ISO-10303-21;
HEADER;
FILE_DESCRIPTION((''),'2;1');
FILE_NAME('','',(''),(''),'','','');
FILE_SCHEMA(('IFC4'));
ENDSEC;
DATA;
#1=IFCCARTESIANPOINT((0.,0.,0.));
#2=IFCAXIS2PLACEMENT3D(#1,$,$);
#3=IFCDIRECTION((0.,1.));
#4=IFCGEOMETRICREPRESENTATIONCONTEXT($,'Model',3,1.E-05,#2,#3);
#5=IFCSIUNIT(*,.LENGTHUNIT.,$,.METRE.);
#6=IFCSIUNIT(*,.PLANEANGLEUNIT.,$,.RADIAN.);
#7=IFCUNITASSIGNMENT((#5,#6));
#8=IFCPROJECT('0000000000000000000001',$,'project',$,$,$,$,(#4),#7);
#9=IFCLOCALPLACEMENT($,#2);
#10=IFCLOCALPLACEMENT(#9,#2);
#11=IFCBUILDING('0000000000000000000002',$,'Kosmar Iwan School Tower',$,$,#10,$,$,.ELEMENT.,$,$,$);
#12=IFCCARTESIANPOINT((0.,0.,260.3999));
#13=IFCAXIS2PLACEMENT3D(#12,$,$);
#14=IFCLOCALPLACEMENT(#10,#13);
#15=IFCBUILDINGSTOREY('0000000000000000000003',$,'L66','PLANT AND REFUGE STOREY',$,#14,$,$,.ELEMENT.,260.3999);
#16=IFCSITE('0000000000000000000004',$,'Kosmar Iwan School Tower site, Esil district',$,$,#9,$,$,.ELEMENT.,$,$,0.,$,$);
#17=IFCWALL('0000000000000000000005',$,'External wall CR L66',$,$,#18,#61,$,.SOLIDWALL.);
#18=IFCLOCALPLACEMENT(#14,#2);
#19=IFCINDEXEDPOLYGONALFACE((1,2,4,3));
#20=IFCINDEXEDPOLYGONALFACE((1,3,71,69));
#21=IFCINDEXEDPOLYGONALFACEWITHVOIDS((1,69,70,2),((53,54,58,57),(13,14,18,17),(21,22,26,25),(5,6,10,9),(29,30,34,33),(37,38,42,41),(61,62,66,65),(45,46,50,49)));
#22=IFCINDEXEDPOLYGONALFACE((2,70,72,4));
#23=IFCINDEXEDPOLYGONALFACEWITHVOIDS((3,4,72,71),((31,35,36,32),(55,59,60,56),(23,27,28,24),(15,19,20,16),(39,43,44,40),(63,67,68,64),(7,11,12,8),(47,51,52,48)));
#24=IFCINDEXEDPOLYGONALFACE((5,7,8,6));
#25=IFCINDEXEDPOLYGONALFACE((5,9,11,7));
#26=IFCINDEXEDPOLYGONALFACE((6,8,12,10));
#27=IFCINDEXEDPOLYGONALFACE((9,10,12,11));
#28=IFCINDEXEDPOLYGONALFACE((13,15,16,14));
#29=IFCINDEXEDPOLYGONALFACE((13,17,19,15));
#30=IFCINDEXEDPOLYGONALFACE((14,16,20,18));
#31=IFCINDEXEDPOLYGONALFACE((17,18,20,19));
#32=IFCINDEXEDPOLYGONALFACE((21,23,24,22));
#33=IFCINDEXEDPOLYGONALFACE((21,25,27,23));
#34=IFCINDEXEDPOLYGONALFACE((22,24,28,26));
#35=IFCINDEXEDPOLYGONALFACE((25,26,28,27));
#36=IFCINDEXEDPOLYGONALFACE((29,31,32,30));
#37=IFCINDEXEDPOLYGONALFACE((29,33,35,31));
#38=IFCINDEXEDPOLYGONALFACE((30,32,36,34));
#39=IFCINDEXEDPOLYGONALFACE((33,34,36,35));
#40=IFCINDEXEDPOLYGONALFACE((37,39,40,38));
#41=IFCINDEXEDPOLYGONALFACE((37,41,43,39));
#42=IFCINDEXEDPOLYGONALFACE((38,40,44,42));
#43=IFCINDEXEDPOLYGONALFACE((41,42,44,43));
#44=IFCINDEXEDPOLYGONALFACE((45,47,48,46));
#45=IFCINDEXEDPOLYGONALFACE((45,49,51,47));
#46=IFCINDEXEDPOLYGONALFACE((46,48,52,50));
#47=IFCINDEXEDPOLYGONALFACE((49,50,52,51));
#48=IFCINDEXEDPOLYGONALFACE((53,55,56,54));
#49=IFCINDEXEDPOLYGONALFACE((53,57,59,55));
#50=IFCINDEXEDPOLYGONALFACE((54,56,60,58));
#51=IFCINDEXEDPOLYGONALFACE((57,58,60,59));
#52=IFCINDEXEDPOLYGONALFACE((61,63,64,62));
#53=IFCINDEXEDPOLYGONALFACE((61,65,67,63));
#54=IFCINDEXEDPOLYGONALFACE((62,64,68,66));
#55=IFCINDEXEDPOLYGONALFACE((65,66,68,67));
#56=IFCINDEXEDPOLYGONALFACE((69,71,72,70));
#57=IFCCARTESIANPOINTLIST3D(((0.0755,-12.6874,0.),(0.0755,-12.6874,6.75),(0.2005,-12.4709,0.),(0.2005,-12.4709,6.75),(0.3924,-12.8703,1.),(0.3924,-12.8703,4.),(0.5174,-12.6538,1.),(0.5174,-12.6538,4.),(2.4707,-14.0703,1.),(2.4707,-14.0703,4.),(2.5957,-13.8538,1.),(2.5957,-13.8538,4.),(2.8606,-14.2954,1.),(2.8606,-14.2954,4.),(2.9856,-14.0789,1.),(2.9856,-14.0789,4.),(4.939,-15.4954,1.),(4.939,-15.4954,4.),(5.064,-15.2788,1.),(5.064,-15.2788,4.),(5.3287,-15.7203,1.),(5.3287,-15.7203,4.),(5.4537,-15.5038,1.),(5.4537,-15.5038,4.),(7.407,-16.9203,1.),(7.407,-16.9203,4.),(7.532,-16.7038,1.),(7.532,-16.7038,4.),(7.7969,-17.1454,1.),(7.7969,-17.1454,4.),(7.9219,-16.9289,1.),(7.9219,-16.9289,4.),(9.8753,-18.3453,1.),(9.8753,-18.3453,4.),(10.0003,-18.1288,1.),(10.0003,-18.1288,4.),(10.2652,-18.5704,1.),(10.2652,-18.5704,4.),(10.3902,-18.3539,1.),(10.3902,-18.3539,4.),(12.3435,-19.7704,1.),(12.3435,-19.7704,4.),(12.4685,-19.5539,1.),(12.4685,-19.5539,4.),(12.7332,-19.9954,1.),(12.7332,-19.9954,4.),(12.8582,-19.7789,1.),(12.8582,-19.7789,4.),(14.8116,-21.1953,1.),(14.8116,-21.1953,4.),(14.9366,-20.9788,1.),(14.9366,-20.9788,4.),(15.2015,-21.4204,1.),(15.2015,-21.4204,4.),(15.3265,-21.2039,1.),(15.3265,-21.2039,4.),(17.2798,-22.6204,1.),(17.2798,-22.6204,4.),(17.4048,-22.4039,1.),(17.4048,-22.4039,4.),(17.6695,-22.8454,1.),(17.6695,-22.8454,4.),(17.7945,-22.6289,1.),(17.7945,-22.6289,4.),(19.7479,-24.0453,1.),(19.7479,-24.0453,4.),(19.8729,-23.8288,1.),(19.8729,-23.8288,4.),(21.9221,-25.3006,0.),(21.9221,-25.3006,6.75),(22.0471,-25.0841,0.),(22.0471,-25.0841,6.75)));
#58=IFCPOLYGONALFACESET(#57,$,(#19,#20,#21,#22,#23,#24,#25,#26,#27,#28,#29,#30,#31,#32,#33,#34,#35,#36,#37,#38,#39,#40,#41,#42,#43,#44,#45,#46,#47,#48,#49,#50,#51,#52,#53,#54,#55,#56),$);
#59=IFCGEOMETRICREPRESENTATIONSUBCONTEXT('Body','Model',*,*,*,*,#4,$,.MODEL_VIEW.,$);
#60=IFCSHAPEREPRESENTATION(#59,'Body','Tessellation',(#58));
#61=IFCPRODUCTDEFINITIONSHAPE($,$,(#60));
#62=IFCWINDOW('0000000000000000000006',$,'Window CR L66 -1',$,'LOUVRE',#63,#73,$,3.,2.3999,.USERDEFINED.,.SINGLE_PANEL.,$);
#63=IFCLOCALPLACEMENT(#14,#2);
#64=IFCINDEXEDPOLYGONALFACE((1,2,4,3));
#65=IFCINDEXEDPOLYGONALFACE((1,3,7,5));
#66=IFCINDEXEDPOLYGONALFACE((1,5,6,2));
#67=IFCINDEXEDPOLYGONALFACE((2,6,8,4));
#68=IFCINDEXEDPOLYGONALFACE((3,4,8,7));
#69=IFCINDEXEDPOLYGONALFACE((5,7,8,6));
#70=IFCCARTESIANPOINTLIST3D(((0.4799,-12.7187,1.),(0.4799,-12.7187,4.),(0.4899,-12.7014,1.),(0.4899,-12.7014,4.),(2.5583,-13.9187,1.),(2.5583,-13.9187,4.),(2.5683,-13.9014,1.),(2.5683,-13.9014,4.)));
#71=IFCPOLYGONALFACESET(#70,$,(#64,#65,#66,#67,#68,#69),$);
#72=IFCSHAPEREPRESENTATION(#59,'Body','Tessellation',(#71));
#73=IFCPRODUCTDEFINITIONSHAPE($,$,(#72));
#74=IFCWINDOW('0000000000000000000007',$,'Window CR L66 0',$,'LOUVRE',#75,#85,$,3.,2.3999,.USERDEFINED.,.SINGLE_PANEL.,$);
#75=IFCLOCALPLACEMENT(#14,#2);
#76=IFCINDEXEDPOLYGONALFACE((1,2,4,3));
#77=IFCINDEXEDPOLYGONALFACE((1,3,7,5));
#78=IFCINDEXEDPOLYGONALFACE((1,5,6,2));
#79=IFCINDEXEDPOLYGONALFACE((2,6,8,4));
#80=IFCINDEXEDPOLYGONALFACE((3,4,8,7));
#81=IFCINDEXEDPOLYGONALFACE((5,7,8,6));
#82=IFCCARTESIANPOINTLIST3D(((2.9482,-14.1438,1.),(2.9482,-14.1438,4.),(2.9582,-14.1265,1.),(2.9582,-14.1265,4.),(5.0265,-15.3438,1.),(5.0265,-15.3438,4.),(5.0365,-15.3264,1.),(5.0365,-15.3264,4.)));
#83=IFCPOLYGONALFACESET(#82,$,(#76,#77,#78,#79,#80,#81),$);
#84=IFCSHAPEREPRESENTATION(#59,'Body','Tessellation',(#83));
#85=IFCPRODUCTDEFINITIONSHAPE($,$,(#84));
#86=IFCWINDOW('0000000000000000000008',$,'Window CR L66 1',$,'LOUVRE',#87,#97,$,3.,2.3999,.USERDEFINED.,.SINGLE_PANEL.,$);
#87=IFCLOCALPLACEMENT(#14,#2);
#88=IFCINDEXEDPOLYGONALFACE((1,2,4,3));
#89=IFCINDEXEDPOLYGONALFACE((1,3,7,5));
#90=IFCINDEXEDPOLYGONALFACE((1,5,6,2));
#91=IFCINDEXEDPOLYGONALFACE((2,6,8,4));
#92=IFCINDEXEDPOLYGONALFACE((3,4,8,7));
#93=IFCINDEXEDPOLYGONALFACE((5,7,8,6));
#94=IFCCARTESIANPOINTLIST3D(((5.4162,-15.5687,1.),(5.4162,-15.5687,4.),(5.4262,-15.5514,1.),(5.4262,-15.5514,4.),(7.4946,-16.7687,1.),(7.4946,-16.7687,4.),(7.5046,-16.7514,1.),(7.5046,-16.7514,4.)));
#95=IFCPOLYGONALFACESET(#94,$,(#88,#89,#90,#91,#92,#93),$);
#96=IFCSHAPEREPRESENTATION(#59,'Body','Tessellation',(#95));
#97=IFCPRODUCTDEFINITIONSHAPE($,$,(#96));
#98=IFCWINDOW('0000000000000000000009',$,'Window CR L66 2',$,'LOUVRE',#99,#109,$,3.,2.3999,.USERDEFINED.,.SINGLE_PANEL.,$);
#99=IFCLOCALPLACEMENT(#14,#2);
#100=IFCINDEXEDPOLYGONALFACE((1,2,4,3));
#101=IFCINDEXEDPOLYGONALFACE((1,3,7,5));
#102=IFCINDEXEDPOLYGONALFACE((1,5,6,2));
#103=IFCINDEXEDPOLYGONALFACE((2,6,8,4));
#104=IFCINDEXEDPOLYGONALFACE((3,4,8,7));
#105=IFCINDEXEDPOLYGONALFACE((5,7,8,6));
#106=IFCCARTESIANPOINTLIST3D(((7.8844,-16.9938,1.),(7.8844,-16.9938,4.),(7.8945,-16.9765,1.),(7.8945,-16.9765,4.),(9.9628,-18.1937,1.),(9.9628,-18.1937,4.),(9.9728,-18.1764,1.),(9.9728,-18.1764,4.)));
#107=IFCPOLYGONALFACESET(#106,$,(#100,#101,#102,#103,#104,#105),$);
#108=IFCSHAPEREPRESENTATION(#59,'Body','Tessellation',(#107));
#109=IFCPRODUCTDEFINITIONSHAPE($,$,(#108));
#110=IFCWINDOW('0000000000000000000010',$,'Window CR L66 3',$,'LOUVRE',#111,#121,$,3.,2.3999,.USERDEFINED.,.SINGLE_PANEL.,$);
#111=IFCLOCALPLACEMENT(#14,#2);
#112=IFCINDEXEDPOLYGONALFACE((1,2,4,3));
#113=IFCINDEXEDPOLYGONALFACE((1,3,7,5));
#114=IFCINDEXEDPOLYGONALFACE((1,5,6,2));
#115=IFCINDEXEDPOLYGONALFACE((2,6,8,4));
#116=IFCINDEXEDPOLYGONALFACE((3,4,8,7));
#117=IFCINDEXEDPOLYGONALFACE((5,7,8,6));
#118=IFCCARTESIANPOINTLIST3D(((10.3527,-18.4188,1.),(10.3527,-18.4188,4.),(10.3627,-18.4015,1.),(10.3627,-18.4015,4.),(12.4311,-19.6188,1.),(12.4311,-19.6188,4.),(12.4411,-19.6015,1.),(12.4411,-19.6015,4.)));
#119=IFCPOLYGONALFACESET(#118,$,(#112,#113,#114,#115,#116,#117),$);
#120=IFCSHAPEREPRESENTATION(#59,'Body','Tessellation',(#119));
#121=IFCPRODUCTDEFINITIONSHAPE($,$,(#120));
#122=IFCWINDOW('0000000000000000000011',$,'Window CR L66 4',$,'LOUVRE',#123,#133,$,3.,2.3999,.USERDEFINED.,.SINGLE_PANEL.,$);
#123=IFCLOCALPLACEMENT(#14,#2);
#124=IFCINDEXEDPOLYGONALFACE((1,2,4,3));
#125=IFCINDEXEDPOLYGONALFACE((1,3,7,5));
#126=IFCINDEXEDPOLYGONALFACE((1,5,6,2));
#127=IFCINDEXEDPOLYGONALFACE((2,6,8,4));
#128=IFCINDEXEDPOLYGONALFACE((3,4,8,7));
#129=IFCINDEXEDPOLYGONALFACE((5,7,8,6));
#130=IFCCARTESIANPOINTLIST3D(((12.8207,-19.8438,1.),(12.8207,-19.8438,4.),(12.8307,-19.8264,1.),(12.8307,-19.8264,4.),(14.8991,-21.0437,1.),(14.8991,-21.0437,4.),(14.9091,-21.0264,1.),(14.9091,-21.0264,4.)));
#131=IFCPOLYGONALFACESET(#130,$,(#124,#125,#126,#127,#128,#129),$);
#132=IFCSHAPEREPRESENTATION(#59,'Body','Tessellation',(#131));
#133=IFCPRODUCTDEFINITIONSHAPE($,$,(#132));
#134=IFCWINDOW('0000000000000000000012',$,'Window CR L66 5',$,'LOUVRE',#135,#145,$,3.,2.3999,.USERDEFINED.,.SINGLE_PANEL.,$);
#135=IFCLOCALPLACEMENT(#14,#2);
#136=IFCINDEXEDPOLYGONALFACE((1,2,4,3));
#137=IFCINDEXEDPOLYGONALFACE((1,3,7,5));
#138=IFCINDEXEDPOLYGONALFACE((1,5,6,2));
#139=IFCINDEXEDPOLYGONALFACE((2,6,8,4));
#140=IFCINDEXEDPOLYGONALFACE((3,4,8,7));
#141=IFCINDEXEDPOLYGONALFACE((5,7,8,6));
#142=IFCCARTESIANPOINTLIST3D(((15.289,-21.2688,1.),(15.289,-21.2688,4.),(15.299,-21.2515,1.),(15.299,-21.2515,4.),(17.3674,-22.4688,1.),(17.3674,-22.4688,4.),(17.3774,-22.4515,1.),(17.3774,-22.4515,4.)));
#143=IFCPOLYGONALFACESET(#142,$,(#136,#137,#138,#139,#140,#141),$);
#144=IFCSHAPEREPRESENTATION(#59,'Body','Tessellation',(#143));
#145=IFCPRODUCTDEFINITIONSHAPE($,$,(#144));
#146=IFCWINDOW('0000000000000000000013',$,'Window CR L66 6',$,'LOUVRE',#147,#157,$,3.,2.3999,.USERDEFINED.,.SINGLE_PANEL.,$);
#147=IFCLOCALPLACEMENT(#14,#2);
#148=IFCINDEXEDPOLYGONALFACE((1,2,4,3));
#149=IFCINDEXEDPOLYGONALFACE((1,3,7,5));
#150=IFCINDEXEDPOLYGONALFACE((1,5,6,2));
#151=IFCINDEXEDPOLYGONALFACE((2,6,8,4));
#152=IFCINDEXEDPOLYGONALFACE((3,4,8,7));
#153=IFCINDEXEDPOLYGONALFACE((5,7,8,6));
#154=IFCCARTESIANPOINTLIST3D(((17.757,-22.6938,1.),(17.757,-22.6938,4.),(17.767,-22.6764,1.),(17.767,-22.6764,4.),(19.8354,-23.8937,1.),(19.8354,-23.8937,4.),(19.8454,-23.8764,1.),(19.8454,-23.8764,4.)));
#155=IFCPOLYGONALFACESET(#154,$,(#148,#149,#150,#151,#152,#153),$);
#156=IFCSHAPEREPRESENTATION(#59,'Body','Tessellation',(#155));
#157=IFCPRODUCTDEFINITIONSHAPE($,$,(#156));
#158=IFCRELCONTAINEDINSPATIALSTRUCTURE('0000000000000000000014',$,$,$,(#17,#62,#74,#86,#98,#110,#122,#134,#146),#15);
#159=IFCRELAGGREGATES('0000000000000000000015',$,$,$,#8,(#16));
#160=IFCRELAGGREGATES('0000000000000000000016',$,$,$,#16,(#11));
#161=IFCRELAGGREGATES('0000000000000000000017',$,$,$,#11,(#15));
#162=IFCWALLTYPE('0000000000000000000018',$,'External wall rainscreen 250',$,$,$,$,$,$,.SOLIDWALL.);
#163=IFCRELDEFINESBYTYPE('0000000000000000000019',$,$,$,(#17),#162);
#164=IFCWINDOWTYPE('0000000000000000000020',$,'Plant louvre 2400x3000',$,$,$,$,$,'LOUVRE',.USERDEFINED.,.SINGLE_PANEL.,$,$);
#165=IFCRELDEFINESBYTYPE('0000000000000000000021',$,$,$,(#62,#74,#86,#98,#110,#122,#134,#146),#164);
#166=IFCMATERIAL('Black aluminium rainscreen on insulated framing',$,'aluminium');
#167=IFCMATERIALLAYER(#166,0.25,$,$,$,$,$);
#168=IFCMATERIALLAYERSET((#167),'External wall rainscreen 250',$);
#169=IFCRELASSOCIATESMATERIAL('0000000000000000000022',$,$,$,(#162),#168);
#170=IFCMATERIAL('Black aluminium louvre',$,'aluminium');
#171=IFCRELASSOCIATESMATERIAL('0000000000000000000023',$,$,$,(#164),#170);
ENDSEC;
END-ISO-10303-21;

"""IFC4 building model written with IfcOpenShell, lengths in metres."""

from ifc_helpers import new_model, si_unit, direction, frame, frame_2d, origin, place, context, subcontext, project, spatial, rectangle, extrude, material, layer, layer_set, type_object, element, fill, save


model = new_model("IFC4")

# Units and contexts
model_context = context("Model", 3, precision=1e-05, world=origin(), true_north=direction((0.0, 1.0)))
body_context = subcontext(model_context, "Body", "Model", "MODEL_VIEW")
ifc_project = project(units=[si_unit("LENGTHUNIT", "METRE"), si_unit("PLANEANGLEUNIT", "RADIAN")], contexts=[model_context])

# Site, building, storey
site_placement = place(None, origin())
site = spatial("IfcSite", under=ifc_project, at=site_placement, Name="Kosmar Iwan School Tower site, Esil district", CompositionType="ELEMENT", RefElevation=0.0)
building_placement = place(site_placement, origin())
building = spatial("IfcBuilding", under=site, at=building_placement, Name="Kosmar Iwan School Tower", CompositionType="ELEMENT")
storey_placement = place(building_placement, frame((0.0, 0.0, 260.3999)))
storey = spatial("IfcBuildingStorey", under=building, at=storey_placement, Name="L66", Description="PLANT AND REFUGE STOREY", CompositionType="ELEMENT", Elevation=260.3999)

# Wall, openings, windows
ifc_material_1 = material(Name="Black aluminium rainscreen on insulated framing", Category="aluminium")
ifc_layer_1 = layer(ifc_material_1, 0.25)
ifc_layer_set_1 = layer_set([ifc_layer_1], Name="External wall rainscreen 250")
wall_type_1 = type_object("IfcWallType", Name="External wall rainscreen 250", PredefinedType="SOLIDWALL", material=ifc_layer_set_1)
wall_1_placement = place(storey_placement, frame((0.1379, -12.5791, 0.0), z_axis=(0.0, 0.0, 1.0), x_axis=(0.866024, -0.500003, 0.0)))
wall_1 = element("IfcWall", 1, at=wall_1_placement, inside=storey, type_object=wall_type_1, Name="External wall CR L66", PredefinedType="SOLIDWALL", context=body_context, shape_type="SweptSolid", body=[
    extrude(rectangle(XDim=25.2263, YDim=0.25, at=frame_2d((12.6133, 0.0))), origin(), (0.0, 0.0, 1.0), 6.75),
])
opening_1_placement = place(wall_1_placement, frame((0.366, 0.0, 1.0)))
opening_1 = element("IfcOpeningElement", 2, at=opening_1_placement, cuts=wall_1, PredefinedType="OPENING", context=body_context, shape_type="SweptSolid", body=[
    extrude(rectangle(XDim=2.3999, YDim=3.0, at=frame_2d((1.2, 1.5))), frame((0.0, 0.137, 0.0), z_axis=(0.0, -1.0, 0.0), x_axis=(1.0, 0.0, 0.0)), (0.0, 0.0, 1.0), 0.2739),
])
opening_2_placement = place(wall_1_placement, frame((3.2161, 0.0, 1.0)))
opening_2 = element("IfcOpeningElement", 3, at=opening_2_placement, cuts=wall_1, PredefinedType="OPENING", context=body_context, shape_type="SweptSolid", body=[
    extrude(rectangle(XDim=2.3999, YDim=3.0, at=frame_2d((1.2, 1.5))), frame((0.0, 0.137, 0.0), z_axis=(0.0, -1.0, 0.0), x_axis=(1.0, 0.0, 0.0)), (0.0, 0.0, 1.0), 0.2739),
])
opening_3_placement = place(wall_1_placement, frame((6.0659, 0.0, 1.0)))
opening_3 = element("IfcOpeningElement", 4, at=opening_3_placement, cuts=wall_1, PredefinedType="OPENING", context=body_context, shape_type="SweptSolid", body=[
    extrude(rectangle(XDim=2.3999, YDim=3.0, at=frame_2d((1.2, 1.5))), frame((0.0, 0.137, 0.0), z_axis=(0.0, -1.0, 0.0), x_axis=(1.0, 0.0, 0.0)), (0.0, 0.0, 1.0), 0.2739),
])
opening_4_placement = place(wall_1_placement, frame((8.916, 0.0, 1.0)))
opening_4 = element("IfcOpeningElement", 5, at=opening_4_placement, cuts=wall_1, PredefinedType="OPENING", context=body_context, shape_type="SweptSolid", body=[
    extrude(rectangle(XDim=2.3999, YDim=3.0, at=frame_2d((1.2, 1.5))), frame((0.0, 0.137, 0.0), z_axis=(0.0, -1.0, 0.0), x_axis=(1.0, 0.0, 0.0)), (0.0, 0.0, 1.0), 0.2739),
])
opening_5_placement = place(wall_1_placement, frame((11.7661, 0.0, 1.0)))
opening_5 = element("IfcOpeningElement", 6, at=opening_5_placement, cuts=wall_1, PredefinedType="OPENING", context=body_context, shape_type="SweptSolid", body=[
    extrude(rectangle(XDim=2.3999, YDim=3.0, at=frame_2d((1.2, 1.5))), frame((0.0, 0.137, 0.0), z_axis=(0.0, -1.0, 0.0), x_axis=(1.0, 0.0, 0.0)), (0.0, 0.0, 1.0), 0.2739),
])
opening_6_placement = place(wall_1_placement, frame((14.616, 0.0, 1.0)))
opening_6 = element("IfcOpeningElement", 7, at=opening_6_placement, cuts=wall_1, PredefinedType="OPENING", context=body_context, shape_type="SweptSolid", body=[
    extrude(rectangle(XDim=2.3999, YDim=3.0, at=frame_2d((1.2, 1.5))), frame((0.0, 0.137, 0.0), z_axis=(0.0, -1.0, 0.0), x_axis=(1.0, 0.0, 0.0)), (0.0, 0.0, 1.0), 0.2739),
])
opening_7_placement = place(wall_1_placement, frame((17.4661, 0.0, 1.0)))
opening_7 = element("IfcOpeningElement", 8, at=opening_7_placement, cuts=wall_1, PredefinedType="OPENING", context=body_context, shape_type="SweptSolid", body=[
    extrude(rectangle(XDim=2.3999, YDim=3.0, at=frame_2d((1.2, 1.5))), frame((0.0, 0.137, 0.0), z_axis=(0.0, -1.0, 0.0), x_axis=(1.0, 0.0, 0.0)), (0.0, 0.0, 1.0), 0.2739),
])
opening_8_placement = place(wall_1_placement, frame((20.3159, 0.0, 1.0)))
opening_8 = element("IfcOpeningElement", 9, at=opening_8_placement, cuts=wall_1, PredefinedType="OPENING", context=body_context, shape_type="SweptSolid", body=[
    extrude(rectangle(XDim=2.3999, YDim=3.0, at=frame_2d((1.2, 1.5))), frame((0.0, 0.137, 0.0), z_axis=(0.0, -1.0, 0.0), x_axis=(1.0, 0.0, 0.0)), (0.0, 0.0, 1.0), 0.2739),
])
ifc_material_2 = material(Name="Black aluminium louvre", Category="aluminium")
window_type = type_object("IfcWindowType", Name="Plant louvre 2400x3000", ElementType="LOUVRE", PartitioningType="SINGLE_PANEL", PredefinedType="USERDEFINED", material=ifc_material_2)
window_1_placement = place(opening_1_placement, origin())
window_1 = element("IfcWindow", 10, at=window_1_placement, inside=storey, type_object=window_type, Name="Window CR L66 -1", ObjectType="LOUVRE", OverallHeight=3.0, OverallWidth=2.3999, PartitioningType="SINGLE_PANEL", PredefinedType="USERDEFINED", context=body_context, shape_type="SweptSolid", body=[
    extrude(rectangle(XDim=2.3999, YDim=3.0, at=frame_2d((1.2, 1.5))), frame((0.0, 0.0701, 0.0), z_axis=(0.0, -1.0, 0.0), x_axis=(1.0, 0.0, 0.0)), (0.0, 0.0, 1.0), 0.02),
])
fill(opening_1, window_1)
window_2_placement = place(opening_2_placement, origin())
window_2 = element("IfcWindow", 11, at=window_2_placement, inside=storey, type_object=window_type, Name="Window CR L66 0", ObjectType="LOUVRE", OverallHeight=3.0, OverallWidth=2.3999, PartitioningType="SINGLE_PANEL", PredefinedType="USERDEFINED", context=body_context, shape_type="SweptSolid", body=[
    extrude(rectangle(XDim=2.3999, YDim=3.0, at=frame_2d((1.2, 1.5))), frame((0.0, 0.0701, 0.0), z_axis=(0.0, -1.0, 0.0), x_axis=(1.0, 0.0, 0.0)), (0.0, 0.0, 1.0), 0.02),
])
fill(opening_2, window_2)
window_3_placement = place(opening_3_placement, origin())
window_3 = element("IfcWindow", 12, at=window_3_placement, inside=storey, type_object=window_type, Name="Window CR L66 1", ObjectType="LOUVRE", OverallHeight=3.0, OverallWidth=2.3999, PartitioningType="SINGLE_PANEL", PredefinedType="USERDEFINED", context=body_context, shape_type="SweptSolid", body=[
    extrude(rectangle(XDim=2.3999, YDim=3.0, at=frame_2d((1.2, 1.5))), frame((0.0, 0.0701, 0.0), z_axis=(0.0, -1.0, 0.0), x_axis=(1.0, 0.0, 0.0)), (0.0, 0.0, 1.0), 0.02),
])
fill(opening_3, window_3)
window_4_placement = place(opening_4_placement, origin())
window_4 = element("IfcWindow", 13, at=window_4_placement, inside=storey, type_object=window_type, Name="Window CR L66 2", ObjectType="LOUVRE", OverallHeight=3.0, OverallWidth=2.3999, PartitioningType="SINGLE_PANEL", PredefinedType="USERDEFINED", context=body_context, shape_type="SweptSolid", body=[
    extrude(rectangle(XDim=2.3999, YDim=3.0, at=frame_2d((1.2, 1.5))), frame((0.0, 0.0701, 0.0), z_axis=(0.0, -1.0, 0.0), x_axis=(1.0, 0.0, 0.0)), (0.0, 0.0, 1.0), 0.02),
])
fill(opening_4, window_4)
window_5_placement = place(opening_5_placement, origin())
window_5 = element("IfcWindow", 14, at=window_5_placement, inside=storey, type_object=window_type, Name="Window CR L66 3", ObjectType="LOUVRE", OverallHeight=3.0, OverallWidth=2.3999, PartitioningType="SINGLE_PANEL", PredefinedType="USERDEFINED", context=body_context, shape_type="SweptSolid", body=[
    extrude(rectangle(XDim=2.3999, YDim=3.0, at=frame_2d((1.2, 1.5))), frame((0.0, 0.0701, 0.0), z_axis=(0.0, -1.0, 0.0), x_axis=(1.0, 0.0, 0.0)), (0.0, 0.0, 1.0), 0.02),
])
fill(opening_5, window_5)
window_6_placement = place(opening_6_placement, origin())
window_6 = element("IfcWindow", 15, at=window_6_placement, inside=storey, type_object=window_type, Name="Window CR L66 4", ObjectType="LOUVRE", OverallHeight=3.0, OverallWidth=2.3999, PartitioningType="SINGLE_PANEL", PredefinedType="USERDEFINED", context=body_context, shape_type="SweptSolid", body=[
    extrude(rectangle(XDim=2.3999, YDim=3.0, at=frame_2d((1.2, 1.5))), frame((0.0, 0.0701, 0.0), z_axis=(0.0, -1.0, 0.0), x_axis=(1.0, 0.0, 0.0)), (0.0, 0.0, 1.0), 0.02),
])
fill(opening_6, window_6)
window_7_placement = place(opening_7_placement, origin())
window_7 = element("IfcWindow", 16, at=window_7_placement, inside=storey, type_object=window_type, Name="Window CR L66 5", ObjectType="LOUVRE", OverallHeight=3.0, OverallWidth=2.3999, PartitioningType="SINGLE_PANEL", PredefinedType="USERDEFINED", context=body_context, shape_type="SweptSolid", body=[
    extrude(rectangle(XDim=2.3999, YDim=3.0, at=frame_2d((1.2, 1.5))), frame((0.0, 0.0701, 0.0), z_axis=(0.0, -1.0, 0.0), x_axis=(1.0, 0.0, 0.0)), (0.0, 0.0, 1.0), 0.02),
])
fill(opening_7, window_7)
window_8_placement = place(opening_8_placement, origin())
window_8 = element("IfcWindow", 17, at=window_8_placement, inside=storey, type_object=window_type, Name="Window CR L66 6", ObjectType="LOUVRE", OverallHeight=3.0, OverallWidth=2.3999, PartitioningType="SINGLE_PANEL", PredefinedType="USERDEFINED", context=body_context, shape_type="SweptSolid", body=[
    extrude(rectangle(XDim=2.3999, YDim=3.0, at=frame_2d((1.2, 1.5))), frame((0.0, 0.0701, 0.0), z_axis=(0.0, -1.0, 0.0), x_axis=(1.0, 0.0, 0.0)), (0.0, 0.0, 1.0), 0.02),
])
fill(opening_8, window_8)

save(model, "model.ifc")
